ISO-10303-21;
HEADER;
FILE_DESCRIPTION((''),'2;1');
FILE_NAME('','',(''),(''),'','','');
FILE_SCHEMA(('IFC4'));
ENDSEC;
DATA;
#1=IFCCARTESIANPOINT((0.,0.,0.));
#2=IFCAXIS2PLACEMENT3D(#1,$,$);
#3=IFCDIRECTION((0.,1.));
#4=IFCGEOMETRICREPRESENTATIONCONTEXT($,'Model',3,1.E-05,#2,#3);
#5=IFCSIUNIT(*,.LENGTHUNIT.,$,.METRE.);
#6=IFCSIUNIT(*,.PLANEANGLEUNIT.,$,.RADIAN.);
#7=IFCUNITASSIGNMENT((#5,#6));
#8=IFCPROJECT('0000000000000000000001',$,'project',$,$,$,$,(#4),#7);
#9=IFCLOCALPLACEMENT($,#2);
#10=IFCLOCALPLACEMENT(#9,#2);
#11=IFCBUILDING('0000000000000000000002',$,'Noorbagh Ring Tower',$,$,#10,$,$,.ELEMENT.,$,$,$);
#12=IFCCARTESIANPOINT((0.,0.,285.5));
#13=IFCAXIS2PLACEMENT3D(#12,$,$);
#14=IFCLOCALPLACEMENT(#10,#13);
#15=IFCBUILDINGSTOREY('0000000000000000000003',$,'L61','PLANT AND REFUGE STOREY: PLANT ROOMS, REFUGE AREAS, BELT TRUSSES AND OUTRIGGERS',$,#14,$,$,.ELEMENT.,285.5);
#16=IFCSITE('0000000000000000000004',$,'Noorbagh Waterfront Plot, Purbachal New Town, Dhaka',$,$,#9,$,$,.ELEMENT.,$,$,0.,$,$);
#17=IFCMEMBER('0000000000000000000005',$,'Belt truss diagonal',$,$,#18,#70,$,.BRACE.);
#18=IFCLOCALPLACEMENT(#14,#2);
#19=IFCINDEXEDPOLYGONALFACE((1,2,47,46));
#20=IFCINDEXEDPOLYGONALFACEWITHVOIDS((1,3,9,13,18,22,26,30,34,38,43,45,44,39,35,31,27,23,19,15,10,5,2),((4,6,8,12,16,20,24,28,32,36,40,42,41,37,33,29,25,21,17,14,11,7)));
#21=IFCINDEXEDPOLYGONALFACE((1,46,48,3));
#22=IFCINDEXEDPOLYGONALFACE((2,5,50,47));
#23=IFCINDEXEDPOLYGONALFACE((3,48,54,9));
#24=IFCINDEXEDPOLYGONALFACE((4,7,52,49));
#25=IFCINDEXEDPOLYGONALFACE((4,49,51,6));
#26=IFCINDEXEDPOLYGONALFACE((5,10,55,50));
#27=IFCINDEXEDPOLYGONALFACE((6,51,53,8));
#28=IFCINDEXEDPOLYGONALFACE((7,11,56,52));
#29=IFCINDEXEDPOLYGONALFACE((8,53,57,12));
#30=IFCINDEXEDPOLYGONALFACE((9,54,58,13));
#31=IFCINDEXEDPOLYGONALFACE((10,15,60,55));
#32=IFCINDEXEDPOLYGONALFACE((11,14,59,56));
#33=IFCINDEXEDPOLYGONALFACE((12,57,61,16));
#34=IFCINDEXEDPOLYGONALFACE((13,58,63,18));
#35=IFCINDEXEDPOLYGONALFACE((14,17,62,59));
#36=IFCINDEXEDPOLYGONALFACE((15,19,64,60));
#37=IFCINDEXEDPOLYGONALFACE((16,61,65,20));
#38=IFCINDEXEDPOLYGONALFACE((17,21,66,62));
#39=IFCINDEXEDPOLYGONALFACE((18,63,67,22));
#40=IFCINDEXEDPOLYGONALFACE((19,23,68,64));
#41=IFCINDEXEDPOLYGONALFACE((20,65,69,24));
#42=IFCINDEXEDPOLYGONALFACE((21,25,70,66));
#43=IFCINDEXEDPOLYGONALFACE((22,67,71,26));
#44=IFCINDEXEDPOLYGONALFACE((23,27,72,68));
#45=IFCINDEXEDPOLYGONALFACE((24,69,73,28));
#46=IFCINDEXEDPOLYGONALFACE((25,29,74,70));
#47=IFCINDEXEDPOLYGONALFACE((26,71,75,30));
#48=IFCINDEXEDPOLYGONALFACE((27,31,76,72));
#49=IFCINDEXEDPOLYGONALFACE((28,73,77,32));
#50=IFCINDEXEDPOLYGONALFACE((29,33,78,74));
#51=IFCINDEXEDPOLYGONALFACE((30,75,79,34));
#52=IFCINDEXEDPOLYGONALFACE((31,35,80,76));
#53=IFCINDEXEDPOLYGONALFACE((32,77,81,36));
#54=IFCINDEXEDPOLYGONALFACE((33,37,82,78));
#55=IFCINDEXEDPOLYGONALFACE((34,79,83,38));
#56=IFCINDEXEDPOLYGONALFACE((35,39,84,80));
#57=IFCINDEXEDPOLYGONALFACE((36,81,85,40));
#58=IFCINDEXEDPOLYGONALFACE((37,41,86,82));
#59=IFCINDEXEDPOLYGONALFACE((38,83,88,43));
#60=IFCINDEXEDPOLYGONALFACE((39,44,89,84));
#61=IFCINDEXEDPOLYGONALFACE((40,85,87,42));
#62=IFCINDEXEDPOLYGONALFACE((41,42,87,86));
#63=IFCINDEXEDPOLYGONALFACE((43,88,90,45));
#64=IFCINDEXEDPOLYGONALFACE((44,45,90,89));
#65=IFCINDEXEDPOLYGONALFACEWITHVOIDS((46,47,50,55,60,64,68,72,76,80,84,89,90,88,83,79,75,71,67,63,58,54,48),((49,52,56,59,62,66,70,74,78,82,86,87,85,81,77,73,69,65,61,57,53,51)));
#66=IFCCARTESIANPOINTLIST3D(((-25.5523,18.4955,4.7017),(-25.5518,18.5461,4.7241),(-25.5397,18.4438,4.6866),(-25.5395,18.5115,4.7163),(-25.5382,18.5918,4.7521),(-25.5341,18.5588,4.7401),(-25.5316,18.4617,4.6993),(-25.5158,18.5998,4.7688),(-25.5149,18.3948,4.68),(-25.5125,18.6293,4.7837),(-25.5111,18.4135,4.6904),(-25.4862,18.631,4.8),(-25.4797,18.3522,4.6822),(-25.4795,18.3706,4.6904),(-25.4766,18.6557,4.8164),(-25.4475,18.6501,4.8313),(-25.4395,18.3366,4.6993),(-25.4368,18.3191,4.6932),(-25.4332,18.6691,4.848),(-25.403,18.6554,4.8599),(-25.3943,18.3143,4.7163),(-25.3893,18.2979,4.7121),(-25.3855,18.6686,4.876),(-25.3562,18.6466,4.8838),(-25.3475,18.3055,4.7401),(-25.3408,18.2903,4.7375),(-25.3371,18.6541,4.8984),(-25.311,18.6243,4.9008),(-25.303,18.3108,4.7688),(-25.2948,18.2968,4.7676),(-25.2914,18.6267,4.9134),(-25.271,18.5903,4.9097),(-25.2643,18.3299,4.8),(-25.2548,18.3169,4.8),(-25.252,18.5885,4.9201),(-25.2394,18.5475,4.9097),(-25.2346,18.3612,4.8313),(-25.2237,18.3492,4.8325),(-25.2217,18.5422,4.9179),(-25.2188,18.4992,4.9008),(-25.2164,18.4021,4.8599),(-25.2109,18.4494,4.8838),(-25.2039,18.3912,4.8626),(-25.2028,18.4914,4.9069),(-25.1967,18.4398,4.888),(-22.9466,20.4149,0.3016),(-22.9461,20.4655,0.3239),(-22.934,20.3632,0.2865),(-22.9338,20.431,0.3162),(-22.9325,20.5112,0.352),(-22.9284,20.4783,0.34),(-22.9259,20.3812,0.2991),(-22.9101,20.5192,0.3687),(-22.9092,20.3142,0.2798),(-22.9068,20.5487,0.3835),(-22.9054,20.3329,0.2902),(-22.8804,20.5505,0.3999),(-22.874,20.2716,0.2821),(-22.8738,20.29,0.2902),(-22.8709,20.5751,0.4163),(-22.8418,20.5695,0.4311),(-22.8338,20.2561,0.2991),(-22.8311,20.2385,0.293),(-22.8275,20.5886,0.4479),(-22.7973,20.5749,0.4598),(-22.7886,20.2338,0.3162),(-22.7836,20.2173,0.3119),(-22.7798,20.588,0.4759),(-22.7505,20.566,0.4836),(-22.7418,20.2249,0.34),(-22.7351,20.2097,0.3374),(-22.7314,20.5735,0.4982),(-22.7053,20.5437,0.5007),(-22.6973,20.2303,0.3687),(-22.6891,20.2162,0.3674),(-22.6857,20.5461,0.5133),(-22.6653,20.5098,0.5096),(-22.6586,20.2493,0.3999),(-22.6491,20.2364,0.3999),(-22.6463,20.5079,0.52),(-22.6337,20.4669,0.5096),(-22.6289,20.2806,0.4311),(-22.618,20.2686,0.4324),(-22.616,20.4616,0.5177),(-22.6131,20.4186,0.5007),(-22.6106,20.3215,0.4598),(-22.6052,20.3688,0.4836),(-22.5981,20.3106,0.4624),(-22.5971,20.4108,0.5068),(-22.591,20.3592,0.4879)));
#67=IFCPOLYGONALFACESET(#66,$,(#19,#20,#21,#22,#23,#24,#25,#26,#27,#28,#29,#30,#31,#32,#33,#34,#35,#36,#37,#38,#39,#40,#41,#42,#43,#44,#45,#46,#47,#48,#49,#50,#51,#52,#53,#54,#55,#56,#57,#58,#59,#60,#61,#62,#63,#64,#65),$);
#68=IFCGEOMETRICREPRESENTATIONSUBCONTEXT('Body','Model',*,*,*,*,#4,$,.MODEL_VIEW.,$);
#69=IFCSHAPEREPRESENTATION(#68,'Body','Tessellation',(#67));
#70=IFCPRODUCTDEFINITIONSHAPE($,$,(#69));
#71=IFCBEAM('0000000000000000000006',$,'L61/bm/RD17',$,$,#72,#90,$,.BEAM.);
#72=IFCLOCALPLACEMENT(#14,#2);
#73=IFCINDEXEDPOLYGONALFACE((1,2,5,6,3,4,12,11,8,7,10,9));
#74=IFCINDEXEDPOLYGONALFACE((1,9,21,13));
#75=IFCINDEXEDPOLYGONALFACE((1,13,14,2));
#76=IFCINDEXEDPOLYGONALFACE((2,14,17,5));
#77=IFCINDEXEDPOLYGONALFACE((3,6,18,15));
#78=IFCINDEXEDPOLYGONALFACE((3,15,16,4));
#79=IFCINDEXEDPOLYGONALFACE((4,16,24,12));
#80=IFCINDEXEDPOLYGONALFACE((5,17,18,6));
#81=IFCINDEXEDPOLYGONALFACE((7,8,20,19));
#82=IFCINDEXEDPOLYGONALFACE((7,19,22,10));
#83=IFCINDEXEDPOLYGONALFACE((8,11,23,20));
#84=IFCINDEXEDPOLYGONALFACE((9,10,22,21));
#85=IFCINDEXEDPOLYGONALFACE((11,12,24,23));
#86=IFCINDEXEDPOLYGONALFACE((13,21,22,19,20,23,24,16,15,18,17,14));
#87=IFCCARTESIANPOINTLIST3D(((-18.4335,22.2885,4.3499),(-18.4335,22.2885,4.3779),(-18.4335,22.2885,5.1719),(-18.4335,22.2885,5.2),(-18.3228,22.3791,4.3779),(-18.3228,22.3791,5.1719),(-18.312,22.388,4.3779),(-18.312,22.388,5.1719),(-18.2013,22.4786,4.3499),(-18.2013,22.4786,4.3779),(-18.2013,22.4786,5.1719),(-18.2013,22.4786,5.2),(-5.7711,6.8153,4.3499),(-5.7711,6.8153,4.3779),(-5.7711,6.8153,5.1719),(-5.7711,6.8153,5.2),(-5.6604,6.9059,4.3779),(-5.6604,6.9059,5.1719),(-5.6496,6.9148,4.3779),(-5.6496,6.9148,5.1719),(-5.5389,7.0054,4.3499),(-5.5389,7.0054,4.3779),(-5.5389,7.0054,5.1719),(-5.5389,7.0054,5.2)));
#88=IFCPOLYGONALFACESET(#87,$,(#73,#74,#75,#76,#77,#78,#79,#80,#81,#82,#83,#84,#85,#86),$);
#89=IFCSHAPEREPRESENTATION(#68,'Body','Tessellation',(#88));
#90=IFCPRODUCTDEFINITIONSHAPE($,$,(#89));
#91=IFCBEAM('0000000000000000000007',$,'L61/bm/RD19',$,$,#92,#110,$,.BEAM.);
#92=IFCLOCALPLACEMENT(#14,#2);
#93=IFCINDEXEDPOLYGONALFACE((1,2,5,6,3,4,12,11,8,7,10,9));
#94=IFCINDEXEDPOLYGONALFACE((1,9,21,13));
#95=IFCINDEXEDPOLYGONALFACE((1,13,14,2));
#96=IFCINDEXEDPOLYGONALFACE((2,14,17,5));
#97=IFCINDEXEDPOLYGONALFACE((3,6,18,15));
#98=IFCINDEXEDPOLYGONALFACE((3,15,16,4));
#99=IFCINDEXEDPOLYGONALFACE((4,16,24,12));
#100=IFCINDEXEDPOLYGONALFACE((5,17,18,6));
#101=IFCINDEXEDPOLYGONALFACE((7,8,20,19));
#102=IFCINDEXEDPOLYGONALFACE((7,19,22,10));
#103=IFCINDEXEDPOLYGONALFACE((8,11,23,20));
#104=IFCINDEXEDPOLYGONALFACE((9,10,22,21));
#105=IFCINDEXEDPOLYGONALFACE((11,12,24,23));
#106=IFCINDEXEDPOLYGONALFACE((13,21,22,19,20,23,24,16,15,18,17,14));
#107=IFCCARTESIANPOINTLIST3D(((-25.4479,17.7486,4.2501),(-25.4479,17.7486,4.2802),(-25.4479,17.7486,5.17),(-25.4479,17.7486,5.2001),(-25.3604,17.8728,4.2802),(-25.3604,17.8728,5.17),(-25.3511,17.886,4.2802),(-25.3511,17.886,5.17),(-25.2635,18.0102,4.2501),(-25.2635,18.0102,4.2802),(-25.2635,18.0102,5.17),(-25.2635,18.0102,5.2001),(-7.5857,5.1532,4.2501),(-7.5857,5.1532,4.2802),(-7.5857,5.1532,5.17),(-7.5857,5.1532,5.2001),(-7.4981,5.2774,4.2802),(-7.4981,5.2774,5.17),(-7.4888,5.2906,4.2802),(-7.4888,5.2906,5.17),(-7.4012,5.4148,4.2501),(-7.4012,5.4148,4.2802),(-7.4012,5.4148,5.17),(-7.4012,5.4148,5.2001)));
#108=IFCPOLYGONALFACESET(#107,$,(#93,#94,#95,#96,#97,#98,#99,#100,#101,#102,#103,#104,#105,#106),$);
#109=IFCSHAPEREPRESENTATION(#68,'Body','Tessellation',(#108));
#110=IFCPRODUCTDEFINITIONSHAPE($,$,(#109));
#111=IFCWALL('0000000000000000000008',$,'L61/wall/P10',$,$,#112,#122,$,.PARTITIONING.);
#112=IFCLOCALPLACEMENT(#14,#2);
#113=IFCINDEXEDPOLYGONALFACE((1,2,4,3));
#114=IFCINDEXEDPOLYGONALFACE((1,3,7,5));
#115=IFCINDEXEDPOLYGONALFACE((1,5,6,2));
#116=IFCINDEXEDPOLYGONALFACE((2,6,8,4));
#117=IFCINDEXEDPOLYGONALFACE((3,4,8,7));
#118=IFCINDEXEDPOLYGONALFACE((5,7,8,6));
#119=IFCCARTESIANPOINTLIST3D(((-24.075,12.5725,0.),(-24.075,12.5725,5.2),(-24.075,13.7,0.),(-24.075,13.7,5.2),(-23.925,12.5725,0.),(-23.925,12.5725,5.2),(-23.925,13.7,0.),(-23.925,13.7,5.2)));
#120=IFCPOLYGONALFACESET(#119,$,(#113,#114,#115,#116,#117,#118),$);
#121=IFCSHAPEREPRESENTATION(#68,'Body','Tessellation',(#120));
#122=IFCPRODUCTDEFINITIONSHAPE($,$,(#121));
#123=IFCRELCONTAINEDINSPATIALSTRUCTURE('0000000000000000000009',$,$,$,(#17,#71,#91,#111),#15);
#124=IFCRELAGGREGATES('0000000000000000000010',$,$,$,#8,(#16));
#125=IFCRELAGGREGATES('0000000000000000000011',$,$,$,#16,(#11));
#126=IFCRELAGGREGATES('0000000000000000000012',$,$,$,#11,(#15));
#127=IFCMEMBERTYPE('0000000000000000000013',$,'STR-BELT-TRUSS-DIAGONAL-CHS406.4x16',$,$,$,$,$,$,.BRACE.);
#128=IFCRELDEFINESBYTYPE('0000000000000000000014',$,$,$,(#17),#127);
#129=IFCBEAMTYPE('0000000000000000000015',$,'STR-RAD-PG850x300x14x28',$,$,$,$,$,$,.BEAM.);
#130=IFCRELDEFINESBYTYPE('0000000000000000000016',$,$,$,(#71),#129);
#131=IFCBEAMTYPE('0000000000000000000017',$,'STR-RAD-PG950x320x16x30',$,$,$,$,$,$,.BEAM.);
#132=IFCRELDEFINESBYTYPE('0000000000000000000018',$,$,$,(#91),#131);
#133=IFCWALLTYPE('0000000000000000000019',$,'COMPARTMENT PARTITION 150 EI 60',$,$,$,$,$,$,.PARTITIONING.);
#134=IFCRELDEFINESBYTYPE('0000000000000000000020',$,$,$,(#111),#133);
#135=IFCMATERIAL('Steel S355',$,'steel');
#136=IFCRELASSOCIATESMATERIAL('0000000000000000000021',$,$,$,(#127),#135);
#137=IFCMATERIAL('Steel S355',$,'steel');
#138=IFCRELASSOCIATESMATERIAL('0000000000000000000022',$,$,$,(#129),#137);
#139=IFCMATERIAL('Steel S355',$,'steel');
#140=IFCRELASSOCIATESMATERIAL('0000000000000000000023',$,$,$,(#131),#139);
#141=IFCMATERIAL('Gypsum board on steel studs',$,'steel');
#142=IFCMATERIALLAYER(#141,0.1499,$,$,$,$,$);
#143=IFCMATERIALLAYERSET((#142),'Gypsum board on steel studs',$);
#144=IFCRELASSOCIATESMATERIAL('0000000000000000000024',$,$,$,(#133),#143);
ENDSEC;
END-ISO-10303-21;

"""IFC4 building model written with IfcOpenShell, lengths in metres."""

from ifc_helpers import new_model, si_unit, direction, frame, frame_2d, origin, origin_2d, place, context, subcontext, project, spatial, rectangle, hollow_circle, i_section, extrude, material, layer, layer_set, material_profile, profile_set, type_object, element, save


model = new_model("IFC4")

# Units and contexts
model_context = context("Model", 3, precision=1e-05, world=origin(), true_north=direction((0.0, 1.0)))
body_context = subcontext(model_context, "Body", "Model", "MODEL_VIEW")
ifc_project = project(units=[si_unit("LENGTHUNIT", "METRE"), si_unit("PLANEANGLEUNIT", "RADIAN")], contexts=[model_context])

# Site, building, storey
site_placement = place(None, origin())
site = spatial("IfcSite", under=ifc_project, at=site_placement, Name="Noorbagh Waterfront Plot, Purbachal New Town, Dhaka", CompositionType="ELEMENT", RefElevation=0.0)
building_placement = place(site_placement, origin())
building = spatial("IfcBuilding", under=site, at=building_placement, Name="Noorbagh Ring Tower", CompositionType="ELEMENT")
storey_placement = place(building_placement, frame((0.0, 0.0, 285.5)))
storey = spatial("IfcBuildingStorey", under=building, at=storey_placement, Name="L61", Description="PLANT AND REFUGE STOREY: PLANT ROOMS, REFUGE AREAS, BELT TRUSSES AND OUTRIGGERS", CompositionType="ELEMENT", Elevation=285.5)

# Member
ifc_material_1 = material(Name="Steel S355", Category="steel")
ifc_material_profile_1 = material_profile(ifc_material_1, hollow_circle(Radius=0.2031, WallThickness=0.0161, at=origin_2d()), Name="CHS406.4x16")
ifc_profile_set_1 = profile_set([ifc_material_profile_1], Name="Steel S355")
member_type = type_object("IfcMemberType", Name="STR-BELT-TRUSS-DIAGONAL-CHS406.4x16", PredefinedType="BRACE", material=ifc_profile_set_1)
member_1_placement = place(storey_placement, frame((-22.7695, 20.3999, 0.3999), z_axis=(-0.477048, -0.351405, 0.805568), x_axis=(0.593086, -0.805139, 0.0)))
element("IfcMember", 1, at=member_1_placement, inside=storey, type_object=member_type, Name="Belt truss diagonal", PredefinedType="BRACE", context=body_context, shape_type="SweptSolid", body=[
    extrude(hollow_circle(Radius=0.2031, WallThickness=0.0161, at=origin_2d()), origin(), (0.0, 0.0, 1.0), 5.4622),
])

# Beams
ifc_material_2 = material(Name="Steel S355", Category="steel")
ifc_material_profile_2 = material_profile(ifc_material_2, i_section(OverallWidth=0.3, OverallDepth=0.8501, WebThickness=0.0139, FlangeThickness=0.0281, at=origin_2d()), Name="PG850x300x14x28")
ifc_profile_set_2 = profile_set([ifc_material_profile_2], Name="Steel S355")
beam_type_1 = type_object("IfcBeamType", Name="STR-RAD-PG850x300x14x28", PredefinedType="BEAM", material=ifc_profile_set_2)
beam_1_placement = place(storey_placement, frame((-18.3174, 22.3835, 4.7749), z_axis=(0.633313, -0.773896, 0.0), x_axis=(0.773896, 0.633313, 0.0)))
element("IfcBeam", 2, at=beam_1_placement, inside=storey, type_object=beam_type_1, Name="L61/bm/RD17", PredefinedType="BEAM", context=body_context, shape_type="SweptSolid", body=[
    extrude(i_section(OverallWidth=0.3, OverallDepth=0.8501, WebThickness=0.0139, FlangeThickness=0.0281, at=origin_2d()), origin(), (0.0, 0.0, 1.0), 19.9939),
])
ifc_material_3 = material(Name="Steel S355", Category="steel")
ifc_material_profile_3 = material_profile(ifc_material_3, i_section(OverallWidth=0.3201, OverallDepth=0.95, WebThickness=0.0161, FlangeThickness=0.03, at=origin_2d()), Name="PG950x320x16x30")
ifc_profile_set_3 = profile_set([ifc_material_profile_3], Name="Steel S355")
beam_type_2 = type_object("IfcBeamType", Name="STR-RAD-PG950x320x16x30", PredefinedType="BEAM", material=ifc_profile_set_3)
beam_2_placement = place(storey_placement, frame((-25.3557, 17.8794, 4.7251), z_axis=(0.817253, -0.576279, 0.0), x_axis=(0.576279, 0.817253, 0.0)))
element("IfcBeam", 3, at=beam_2_placement, inside=storey, type_object=beam_type_2, Name="L61/bm/RD19", PredefinedType="BEAM", context=body_context, shape_type="SweptSolid", body=[
    extrude(i_section(OverallWidth=0.3201, OverallDepth=0.95, WebThickness=0.0161, FlangeThickness=0.03, at=origin_2d()), origin(), (0.0, 0.0, 1.0), 21.8564),
])

# Wall
ifc_material_4 = material(Name="Gypsum board on steel studs", Category="steel")
ifc_layer_1 = layer(ifc_material_4, 0.1499)
ifc_layer_set_1 = layer_set([ifc_layer_1], Name="Gypsum board on steel studs")
wall_type = type_object("IfcWallType", Name="COMPARTMENT PARTITION 150 EI 60", PredefinedType="PARTITIONING", material=ifc_layer_set_1)
wall_1_placement = place(storey_placement, frame((-24.0, 12.5725, 0.0), z_axis=(0.0, 0.0, 1.0), x_axis=(0.0, 1.0, 0.0)))
element("IfcWall", 4, at=wall_1_placement, inside=storey, type_object=wall_type, Name="L61/wall/P10", PredefinedType="PARTITIONING", context=body_context, shape_type="SweptSolid", body=[
    extrude(rectangle(XDim=1.1274, YDim=0.1499, at=frame_2d((0.5637, 0.0))), origin(), (0.0, 0.0, 1.0), 5.2),
])

save(model, "model.ifc")
